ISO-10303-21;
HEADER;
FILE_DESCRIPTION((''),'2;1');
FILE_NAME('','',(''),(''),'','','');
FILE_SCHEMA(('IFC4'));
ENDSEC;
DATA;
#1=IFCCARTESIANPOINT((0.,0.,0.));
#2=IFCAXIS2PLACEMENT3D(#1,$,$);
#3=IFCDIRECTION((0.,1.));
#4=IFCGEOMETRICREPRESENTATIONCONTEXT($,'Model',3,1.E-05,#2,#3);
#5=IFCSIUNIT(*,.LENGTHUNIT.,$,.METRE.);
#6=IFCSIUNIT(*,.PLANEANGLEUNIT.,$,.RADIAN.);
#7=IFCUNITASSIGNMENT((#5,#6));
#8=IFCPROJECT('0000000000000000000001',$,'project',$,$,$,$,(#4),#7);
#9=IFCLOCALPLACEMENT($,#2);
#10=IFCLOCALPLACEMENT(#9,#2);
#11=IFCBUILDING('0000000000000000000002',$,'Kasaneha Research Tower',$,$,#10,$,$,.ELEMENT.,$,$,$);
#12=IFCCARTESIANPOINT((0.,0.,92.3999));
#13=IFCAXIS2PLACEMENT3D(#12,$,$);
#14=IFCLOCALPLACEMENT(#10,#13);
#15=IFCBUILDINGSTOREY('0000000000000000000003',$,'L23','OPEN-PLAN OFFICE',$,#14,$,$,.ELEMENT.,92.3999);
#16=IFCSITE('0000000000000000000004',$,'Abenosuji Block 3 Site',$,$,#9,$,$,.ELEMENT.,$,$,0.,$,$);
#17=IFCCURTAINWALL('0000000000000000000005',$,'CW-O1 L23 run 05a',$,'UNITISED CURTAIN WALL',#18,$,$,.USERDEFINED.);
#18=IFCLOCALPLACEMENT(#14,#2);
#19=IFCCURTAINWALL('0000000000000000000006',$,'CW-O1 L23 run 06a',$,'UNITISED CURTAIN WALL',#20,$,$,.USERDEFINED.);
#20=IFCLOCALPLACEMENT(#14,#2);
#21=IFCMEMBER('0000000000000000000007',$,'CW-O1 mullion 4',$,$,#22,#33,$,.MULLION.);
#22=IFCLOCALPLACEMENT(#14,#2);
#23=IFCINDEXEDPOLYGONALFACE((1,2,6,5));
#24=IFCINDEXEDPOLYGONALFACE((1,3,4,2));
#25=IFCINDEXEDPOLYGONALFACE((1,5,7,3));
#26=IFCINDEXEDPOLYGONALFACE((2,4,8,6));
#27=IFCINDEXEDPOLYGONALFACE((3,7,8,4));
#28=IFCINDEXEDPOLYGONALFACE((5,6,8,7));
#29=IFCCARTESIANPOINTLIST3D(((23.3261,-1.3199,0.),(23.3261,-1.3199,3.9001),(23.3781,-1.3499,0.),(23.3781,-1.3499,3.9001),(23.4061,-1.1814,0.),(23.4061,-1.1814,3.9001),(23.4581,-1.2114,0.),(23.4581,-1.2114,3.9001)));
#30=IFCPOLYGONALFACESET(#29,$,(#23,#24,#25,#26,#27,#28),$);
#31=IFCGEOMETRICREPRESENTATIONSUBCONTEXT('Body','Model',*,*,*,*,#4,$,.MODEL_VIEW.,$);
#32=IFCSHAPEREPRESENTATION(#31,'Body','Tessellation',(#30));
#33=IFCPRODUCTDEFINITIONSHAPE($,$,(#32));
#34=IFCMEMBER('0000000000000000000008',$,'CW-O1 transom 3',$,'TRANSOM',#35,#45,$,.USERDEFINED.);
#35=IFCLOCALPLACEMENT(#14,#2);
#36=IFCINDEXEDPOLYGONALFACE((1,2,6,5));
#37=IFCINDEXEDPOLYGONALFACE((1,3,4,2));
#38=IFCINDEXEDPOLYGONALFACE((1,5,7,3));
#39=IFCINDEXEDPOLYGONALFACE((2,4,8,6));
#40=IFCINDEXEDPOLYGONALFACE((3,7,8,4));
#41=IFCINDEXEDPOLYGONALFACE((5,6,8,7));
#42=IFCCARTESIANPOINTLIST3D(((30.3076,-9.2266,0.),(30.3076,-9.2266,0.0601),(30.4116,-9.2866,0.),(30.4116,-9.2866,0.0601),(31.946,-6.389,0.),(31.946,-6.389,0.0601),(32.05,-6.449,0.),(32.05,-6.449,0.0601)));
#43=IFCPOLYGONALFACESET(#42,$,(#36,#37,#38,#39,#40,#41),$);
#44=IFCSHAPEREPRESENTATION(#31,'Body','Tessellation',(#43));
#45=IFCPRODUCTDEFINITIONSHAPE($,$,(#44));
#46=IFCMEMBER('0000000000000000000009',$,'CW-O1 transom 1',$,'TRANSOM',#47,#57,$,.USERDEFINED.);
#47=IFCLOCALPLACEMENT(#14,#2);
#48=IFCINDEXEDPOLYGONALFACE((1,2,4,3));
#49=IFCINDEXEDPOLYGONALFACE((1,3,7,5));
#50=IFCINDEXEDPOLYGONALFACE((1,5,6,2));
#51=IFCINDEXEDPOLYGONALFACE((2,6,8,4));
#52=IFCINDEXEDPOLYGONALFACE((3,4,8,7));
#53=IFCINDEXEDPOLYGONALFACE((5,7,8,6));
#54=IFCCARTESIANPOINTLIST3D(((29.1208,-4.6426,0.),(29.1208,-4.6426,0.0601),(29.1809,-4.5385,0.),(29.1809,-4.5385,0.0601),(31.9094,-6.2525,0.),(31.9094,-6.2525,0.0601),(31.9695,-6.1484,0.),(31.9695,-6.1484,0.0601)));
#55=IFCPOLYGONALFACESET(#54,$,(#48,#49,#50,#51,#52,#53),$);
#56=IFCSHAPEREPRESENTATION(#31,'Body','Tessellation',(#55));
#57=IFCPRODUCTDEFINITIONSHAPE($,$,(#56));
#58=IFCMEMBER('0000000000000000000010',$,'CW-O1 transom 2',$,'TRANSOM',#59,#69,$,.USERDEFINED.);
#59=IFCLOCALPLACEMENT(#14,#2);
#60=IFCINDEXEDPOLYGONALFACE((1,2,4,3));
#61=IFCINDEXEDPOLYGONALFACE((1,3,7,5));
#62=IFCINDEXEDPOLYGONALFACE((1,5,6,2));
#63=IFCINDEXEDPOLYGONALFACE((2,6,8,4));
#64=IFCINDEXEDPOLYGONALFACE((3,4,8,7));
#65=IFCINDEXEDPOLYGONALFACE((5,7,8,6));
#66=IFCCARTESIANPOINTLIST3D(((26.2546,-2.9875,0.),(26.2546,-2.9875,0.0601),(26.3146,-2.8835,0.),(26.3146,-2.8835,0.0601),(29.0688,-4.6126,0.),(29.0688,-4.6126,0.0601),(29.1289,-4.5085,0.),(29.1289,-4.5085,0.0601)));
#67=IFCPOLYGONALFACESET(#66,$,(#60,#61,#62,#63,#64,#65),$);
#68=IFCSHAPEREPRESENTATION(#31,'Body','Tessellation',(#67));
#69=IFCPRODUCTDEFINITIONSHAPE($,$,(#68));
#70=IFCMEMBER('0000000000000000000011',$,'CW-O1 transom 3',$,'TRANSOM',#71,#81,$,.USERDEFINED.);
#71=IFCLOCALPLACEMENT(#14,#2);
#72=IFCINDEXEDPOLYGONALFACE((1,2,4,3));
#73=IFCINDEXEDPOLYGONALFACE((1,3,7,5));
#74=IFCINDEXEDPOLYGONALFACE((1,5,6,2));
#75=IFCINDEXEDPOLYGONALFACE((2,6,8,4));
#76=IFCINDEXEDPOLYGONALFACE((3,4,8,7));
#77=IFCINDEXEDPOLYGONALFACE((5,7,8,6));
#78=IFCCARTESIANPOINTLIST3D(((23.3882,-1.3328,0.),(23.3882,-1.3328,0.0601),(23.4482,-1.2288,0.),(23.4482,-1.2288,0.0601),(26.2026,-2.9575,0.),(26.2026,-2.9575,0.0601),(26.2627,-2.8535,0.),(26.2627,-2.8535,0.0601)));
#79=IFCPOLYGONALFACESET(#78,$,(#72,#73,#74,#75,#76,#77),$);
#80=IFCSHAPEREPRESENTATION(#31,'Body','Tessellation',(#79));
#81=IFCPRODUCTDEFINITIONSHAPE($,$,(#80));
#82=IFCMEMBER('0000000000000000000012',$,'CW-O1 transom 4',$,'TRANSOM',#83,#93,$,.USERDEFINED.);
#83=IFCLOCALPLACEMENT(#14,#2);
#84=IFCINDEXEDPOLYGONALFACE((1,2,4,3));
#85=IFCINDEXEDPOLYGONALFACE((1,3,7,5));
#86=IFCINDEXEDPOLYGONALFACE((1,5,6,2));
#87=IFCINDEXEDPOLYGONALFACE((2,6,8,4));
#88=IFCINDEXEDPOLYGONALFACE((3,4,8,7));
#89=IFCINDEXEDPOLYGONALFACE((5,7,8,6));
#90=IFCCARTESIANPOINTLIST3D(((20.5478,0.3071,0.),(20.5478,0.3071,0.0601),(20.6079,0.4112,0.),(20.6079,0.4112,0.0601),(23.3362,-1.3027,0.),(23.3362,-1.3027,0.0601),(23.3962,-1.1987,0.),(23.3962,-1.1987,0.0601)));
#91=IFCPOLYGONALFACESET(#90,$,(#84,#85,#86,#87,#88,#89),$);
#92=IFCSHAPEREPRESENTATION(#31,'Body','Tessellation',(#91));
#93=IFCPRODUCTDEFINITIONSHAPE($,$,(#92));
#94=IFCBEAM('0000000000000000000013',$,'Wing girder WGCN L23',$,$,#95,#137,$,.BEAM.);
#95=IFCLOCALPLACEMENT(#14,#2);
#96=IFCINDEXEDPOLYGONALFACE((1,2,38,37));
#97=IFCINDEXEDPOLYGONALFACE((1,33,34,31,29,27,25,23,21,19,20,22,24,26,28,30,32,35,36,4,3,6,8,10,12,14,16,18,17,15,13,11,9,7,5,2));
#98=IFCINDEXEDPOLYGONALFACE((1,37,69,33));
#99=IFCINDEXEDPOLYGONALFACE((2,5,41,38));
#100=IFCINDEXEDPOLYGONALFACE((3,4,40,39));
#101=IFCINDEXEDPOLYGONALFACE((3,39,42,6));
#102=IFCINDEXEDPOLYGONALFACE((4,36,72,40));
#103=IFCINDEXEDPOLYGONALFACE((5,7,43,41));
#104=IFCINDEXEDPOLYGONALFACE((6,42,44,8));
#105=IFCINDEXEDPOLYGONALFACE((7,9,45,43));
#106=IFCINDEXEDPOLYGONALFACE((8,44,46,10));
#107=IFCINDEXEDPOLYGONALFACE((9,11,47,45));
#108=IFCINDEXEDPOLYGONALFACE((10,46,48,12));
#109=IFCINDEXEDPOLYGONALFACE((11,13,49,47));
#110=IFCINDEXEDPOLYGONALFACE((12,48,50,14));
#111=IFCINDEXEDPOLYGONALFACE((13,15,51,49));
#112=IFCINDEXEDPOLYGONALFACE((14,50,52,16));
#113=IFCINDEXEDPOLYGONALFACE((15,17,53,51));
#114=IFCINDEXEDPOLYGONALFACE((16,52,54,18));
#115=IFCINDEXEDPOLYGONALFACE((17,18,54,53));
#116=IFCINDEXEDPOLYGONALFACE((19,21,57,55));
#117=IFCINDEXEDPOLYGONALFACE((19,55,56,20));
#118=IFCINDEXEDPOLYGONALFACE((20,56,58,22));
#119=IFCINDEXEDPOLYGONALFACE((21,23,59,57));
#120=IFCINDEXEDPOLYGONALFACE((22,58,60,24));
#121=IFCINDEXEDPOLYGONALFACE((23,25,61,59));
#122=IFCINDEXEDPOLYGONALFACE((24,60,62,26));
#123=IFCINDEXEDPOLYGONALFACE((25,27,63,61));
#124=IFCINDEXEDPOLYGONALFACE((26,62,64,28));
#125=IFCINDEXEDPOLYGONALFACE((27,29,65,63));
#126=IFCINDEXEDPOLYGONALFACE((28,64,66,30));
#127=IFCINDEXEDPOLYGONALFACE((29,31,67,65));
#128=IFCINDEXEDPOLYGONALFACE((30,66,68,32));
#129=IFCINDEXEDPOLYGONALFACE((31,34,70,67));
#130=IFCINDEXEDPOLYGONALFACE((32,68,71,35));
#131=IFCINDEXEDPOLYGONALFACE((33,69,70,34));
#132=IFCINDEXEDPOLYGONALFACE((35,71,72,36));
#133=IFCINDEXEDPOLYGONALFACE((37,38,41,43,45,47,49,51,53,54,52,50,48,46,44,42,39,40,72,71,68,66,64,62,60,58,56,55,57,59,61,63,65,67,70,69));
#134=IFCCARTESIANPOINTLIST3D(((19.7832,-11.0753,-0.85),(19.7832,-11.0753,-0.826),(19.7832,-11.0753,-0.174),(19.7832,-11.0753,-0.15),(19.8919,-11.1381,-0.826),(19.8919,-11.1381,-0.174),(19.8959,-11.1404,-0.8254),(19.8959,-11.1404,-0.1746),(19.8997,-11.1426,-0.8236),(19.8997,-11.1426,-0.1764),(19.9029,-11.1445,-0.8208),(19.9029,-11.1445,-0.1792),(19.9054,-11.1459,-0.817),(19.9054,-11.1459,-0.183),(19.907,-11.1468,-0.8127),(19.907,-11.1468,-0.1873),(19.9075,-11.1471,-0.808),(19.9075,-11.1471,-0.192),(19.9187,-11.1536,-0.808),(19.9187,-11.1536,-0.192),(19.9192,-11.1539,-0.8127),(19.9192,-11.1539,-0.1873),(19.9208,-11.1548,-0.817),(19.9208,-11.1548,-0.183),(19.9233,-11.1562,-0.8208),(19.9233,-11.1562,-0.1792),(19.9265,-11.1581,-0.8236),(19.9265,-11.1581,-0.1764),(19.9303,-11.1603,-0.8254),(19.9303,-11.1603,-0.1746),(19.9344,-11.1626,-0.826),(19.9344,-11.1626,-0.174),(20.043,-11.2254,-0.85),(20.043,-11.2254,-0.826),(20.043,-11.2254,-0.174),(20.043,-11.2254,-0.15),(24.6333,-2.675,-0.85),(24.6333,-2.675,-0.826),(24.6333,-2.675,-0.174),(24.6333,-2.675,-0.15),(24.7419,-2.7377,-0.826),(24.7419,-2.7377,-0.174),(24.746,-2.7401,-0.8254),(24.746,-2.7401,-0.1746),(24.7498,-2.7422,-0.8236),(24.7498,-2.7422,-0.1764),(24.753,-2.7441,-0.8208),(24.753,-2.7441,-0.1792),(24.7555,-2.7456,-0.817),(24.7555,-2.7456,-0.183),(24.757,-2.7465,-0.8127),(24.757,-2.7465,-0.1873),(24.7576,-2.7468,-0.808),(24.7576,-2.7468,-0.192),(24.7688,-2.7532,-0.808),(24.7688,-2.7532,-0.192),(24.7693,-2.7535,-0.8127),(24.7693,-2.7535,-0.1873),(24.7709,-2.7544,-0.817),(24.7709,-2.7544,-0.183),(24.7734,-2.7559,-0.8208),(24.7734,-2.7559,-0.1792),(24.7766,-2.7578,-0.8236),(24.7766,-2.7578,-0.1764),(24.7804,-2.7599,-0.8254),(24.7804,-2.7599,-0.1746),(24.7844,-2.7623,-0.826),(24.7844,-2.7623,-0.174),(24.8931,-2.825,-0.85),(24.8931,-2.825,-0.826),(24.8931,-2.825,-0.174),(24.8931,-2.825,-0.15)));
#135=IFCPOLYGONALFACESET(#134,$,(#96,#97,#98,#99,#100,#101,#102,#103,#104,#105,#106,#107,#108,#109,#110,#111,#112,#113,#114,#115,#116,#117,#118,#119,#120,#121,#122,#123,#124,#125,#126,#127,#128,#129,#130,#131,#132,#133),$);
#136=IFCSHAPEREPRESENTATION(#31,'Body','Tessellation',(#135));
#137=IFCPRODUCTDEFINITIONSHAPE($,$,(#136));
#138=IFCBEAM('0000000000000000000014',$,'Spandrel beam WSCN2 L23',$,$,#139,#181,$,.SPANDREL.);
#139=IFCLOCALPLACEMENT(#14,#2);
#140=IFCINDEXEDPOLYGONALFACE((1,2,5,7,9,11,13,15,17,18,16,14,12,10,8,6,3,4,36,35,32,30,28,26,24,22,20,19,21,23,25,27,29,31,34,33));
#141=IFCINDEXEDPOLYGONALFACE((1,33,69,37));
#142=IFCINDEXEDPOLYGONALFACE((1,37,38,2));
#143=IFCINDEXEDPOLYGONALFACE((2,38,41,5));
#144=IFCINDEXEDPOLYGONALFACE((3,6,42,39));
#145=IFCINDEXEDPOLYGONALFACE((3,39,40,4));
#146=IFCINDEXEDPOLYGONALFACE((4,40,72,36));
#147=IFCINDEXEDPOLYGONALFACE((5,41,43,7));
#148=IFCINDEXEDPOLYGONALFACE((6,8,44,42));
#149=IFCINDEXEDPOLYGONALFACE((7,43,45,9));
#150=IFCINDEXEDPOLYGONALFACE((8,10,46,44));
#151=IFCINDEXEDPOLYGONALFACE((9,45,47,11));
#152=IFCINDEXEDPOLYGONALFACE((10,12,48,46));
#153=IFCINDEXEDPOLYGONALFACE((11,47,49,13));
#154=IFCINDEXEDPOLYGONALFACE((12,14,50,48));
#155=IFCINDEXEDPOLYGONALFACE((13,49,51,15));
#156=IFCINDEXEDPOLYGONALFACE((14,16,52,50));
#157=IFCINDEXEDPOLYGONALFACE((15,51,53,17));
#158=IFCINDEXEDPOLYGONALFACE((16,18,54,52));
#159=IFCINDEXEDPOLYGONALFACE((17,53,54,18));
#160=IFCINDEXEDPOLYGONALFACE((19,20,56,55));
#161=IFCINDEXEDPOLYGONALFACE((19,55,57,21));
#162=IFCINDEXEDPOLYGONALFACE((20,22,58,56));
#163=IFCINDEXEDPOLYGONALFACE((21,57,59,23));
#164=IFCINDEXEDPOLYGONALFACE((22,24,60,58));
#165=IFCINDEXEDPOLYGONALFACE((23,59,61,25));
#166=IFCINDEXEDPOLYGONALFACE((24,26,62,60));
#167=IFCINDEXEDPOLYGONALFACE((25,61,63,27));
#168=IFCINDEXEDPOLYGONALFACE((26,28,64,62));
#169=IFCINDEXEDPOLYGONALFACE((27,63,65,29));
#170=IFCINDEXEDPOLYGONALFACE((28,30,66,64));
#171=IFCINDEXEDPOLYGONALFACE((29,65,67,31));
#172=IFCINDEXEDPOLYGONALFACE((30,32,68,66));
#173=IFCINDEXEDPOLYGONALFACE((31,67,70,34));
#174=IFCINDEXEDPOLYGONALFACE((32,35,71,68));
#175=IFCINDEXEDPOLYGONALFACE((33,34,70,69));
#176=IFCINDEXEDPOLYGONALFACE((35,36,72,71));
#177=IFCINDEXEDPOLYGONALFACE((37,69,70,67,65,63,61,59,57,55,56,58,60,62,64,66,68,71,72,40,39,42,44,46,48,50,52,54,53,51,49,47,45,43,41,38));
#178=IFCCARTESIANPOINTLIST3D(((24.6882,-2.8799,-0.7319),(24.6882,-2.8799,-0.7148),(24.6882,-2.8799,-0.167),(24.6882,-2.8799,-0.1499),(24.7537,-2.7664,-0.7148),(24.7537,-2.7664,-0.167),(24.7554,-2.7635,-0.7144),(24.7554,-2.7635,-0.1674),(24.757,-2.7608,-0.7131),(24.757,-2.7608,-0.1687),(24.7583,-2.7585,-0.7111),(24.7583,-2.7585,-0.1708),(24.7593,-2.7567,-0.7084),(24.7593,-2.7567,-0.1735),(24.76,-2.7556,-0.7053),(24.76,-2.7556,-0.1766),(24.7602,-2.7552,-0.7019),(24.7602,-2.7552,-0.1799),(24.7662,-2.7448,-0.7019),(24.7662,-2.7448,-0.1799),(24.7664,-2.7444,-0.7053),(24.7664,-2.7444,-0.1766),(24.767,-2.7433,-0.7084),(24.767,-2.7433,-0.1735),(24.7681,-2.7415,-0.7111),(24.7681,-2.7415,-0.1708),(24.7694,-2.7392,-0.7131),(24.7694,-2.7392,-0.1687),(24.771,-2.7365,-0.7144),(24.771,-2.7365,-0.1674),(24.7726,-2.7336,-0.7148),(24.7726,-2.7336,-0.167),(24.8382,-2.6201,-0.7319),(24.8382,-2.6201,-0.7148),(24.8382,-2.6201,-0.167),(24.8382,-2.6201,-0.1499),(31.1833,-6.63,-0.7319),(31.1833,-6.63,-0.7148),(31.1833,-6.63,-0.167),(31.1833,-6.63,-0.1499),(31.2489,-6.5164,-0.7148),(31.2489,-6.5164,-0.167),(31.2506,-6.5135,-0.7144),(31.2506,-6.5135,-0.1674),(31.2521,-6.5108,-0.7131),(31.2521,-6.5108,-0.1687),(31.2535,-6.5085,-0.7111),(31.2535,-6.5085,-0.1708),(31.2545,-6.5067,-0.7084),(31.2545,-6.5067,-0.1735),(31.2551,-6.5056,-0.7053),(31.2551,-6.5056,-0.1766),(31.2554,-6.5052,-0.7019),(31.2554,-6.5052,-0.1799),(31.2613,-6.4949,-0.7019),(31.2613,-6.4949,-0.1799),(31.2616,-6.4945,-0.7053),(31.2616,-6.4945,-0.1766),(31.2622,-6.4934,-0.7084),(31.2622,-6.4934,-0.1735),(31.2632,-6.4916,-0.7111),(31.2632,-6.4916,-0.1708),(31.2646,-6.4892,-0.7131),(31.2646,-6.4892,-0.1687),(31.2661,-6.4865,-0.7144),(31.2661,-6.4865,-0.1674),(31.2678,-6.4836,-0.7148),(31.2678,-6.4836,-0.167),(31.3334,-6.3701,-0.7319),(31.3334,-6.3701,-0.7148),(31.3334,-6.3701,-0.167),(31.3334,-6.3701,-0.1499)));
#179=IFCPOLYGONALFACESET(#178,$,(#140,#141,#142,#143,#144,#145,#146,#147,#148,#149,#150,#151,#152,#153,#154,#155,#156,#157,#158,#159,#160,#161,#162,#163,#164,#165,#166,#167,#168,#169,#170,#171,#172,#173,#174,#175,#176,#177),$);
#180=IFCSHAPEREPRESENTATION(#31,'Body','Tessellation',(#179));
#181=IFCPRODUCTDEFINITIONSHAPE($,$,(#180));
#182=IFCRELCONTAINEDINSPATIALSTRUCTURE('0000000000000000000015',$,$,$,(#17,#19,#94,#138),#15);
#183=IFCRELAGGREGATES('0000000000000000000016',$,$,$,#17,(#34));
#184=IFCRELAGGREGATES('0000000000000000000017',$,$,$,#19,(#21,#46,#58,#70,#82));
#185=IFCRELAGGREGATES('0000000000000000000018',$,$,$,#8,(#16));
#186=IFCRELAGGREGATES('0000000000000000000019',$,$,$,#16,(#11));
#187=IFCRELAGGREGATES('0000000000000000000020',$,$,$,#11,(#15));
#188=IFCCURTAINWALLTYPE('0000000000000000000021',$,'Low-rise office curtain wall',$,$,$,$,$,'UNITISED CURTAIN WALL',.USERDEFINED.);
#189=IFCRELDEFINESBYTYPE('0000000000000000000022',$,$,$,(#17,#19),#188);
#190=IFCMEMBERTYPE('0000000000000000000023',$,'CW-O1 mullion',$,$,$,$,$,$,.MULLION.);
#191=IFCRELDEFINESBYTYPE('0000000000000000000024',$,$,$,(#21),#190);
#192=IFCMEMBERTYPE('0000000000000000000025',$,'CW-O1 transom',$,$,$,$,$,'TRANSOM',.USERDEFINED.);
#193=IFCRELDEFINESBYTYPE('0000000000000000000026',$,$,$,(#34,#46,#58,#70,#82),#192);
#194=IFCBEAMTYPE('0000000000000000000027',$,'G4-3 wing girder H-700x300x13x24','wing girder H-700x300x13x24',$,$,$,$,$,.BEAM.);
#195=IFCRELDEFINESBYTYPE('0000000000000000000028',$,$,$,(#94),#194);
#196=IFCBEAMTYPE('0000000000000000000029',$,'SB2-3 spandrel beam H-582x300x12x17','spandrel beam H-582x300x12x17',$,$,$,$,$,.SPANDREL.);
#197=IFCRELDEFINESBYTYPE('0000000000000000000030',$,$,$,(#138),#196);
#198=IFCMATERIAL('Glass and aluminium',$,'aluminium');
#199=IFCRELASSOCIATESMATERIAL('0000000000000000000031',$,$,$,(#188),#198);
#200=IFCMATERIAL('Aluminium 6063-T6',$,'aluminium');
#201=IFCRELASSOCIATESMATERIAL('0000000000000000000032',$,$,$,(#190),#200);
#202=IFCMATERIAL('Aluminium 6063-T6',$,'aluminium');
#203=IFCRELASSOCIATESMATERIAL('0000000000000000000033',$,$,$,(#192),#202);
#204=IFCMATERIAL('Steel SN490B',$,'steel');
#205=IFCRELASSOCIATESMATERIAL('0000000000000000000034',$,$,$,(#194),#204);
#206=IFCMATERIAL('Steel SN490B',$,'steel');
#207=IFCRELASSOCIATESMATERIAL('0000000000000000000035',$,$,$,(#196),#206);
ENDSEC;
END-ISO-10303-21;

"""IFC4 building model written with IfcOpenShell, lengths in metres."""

from ifc_helpers import new_model, si_unit, direction, frame, origin, origin_2d, place, context, subcontext, project, spatial, rectangle, i_section, extrude, material, material_profile, profile_set, type_object, element, aggregate, save


model = new_model("IFC4")

# Units and contexts
model_context = context("Model", 3, precision=1e-05, world=origin(), true_north=direction((0.0, 1.0)))
body_context = subcontext(model_context, "Body", "Model", "MODEL_VIEW")
ifc_project = project(units=[si_unit("LENGTHUNIT", "METRE"), si_unit("PLANEANGLEUNIT", "RADIAN")], contexts=[model_context])

# Site, building, storey
site_placement = place(None, origin())
site = spatial("IfcSite", under=ifc_project, at=site_placement, Name="Abenosuji Block 3 Site", CompositionType="ELEMENT", RefElevation=0.0)
building_placement = place(site_placement, origin())
building = spatial("IfcBuilding", under=site, at=building_placement, Name="Kasaneha Research Tower", CompositionType="ELEMENT")
storey_placement = place(building_placement, frame((0.0, 0.0, 92.3999)))
storey = spatial("IfcBuildingStorey", under=building, at=storey_placement, Name="L23", Description="OPEN-PLAN OFFICE", CompositionType="ELEMENT", Elevation=92.3999)

# Curtain walls, member
ifc_material_1 = material(Name="Glass and aluminium", Category="aluminium")
curtain_wall_type = type_object("IfcCurtainWallType", Name="Low-rise office curtain wall", ElementType="UNITISED CURTAIN WALL", PredefinedType="USERDEFINED", material=ifc_material_1)
curtain_wall_1_placement = place(storey_placement, origin())
curtain_wall_1 = element("IfcCurtainWall", 1, at=curtain_wall_1_placement, inside=storey, type_object=curtain_wall_type, Name="CW-O1 L23 run 05a", ObjectType="UNITISED CURTAIN WALL", PredefinedType="USERDEFINED")
ifc_material_2 = material(Name="Aluminium 6063-T6", Category="aluminium")
ifc_material_profile_1 = material_profile(ifc_material_2, rectangle(XDim=0.0601, YDim=0.1599, at=origin_2d()), Name="CW-O1 mullion 60x160")
ifc_profile_set_1 = profile_set([ifc_material_profile_1], Name="Aluminium 6063-T6")
member_type_1 = type_object("IfcMemberType", Name="CW-O1 mullion", PredefinedType="MULLION", material=ifc_profile_set_1)
curtain_wall_2_placement = place(storey_placement, origin())
curtain_wall_2 = element("IfcCurtainWall", 2, at=curtain_wall_2_placement, inside=storey, type_object=curtain_wall_type, Name="CW-O1 L23 run 06a", ObjectType="UNITISED CURTAIN WALL", PredefinedType="USERDEFINED")
member_1_placement = place(storey_placement, frame((23.3921, -1.2656, 0.0), z_axis=(0.0, 0.0, 1.0), x_axis=(-0.866025, 0.5, 0.0)))
member_1 = element("IfcMember", 3, at=member_1_placement, type_object=member_type_1, Name="CW-O1 mullion 4", PredefinedType="MULLION", context=body_context, shape_type="SweptSolid", body=[
    extrude(rectangle(XDim=0.0601, YDim=0.1599, at=origin_2d()), origin(), (0.0, 0.0, 1.0), 3.9001),
])

# Members
ifc_material_3 = material(Name="Aluminium 6063-T6", Category="aluminium")
ifc_material_profile_2 = material_profile(ifc_material_3, rectangle(XDim=0.1201, YDim=0.0601, at=origin_2d()), Name="CW-O1 transom 120x60")
ifc_profile_set_2 = profile_set([ifc_material_profile_2], Name="Aluminium 6063-T6")
member_type_2 = type_object("IfcMemberType", Name="CW-O1 transom", ElementType="TRANSOM", PredefinedType="USERDEFINED", material=ifc_profile_set_2)
member_2_placement = place(storey_placement, frame((30.3596, -9.2566, 0.03), z_axis=(0.500026, 0.866011, 0.0), x_axis=(-0.866011, 0.500026, 0.0)))
member_2 = element("IfcMember", 4, at=member_2_placement, type_object=member_type_2, Name="CW-O1 transom 3", ObjectType="TRANSOM", PredefinedType="USERDEFINED", context=body_context, shape_type="SweptSolid", body=[
    extrude(rectangle(XDim=0.1201, YDim=0.0601, at=origin_2d()), origin(), (0.0, 0.0, 1.0), 3.2766),
])
member_3_placement = place(storey_placement, frame((31.9395, -6.2004, 0.03), z_axis=(-0.866042, 0.499972, 0.0), x_axis=(-0.499972, -0.866042, 0.0)))
member_3 = element("IfcMember", 5, at=member_3_placement, type_object=member_type_2, Name="CW-O1 transom 1", ObjectType="TRANSOM", PredefinedType="USERDEFINED", context=body_context, shape_type="SweptSolid", body=[
    extrude(rectangle(XDim=0.1201, YDim=0.0601, at=origin_2d()), origin(), (0.0, 0.0, 1.0), 3.22),
])
member_4_placement = place(storey_placement, frame((29.0989, -4.5605, 0.03), z_axis=(-0.865997, 0.50005, 0.0), x_axis=(-0.50005, -0.865997, 0.0)))
member_4 = element("IfcMember", 6, at=member_4_placement, type_object=member_type_2, Name="CW-O1 transom 2", ObjectType="TRANSOM", PredefinedType="USERDEFINED", context=body_context, shape_type="SweptSolid", body=[
    extrude(rectangle(XDim=0.1201, YDim=0.0601, at=origin_2d()), origin(), (0.0, 0.0, 1.0), 3.2498),
])
member_5_placement = place(storey_placement, frame((26.2327, -2.9055, 0.03), z_axis=(-0.866048, 0.499961, 0.0), x_axis=(-0.499961, -0.866048, 0.0)))
member_5 = element("IfcMember", 7, at=member_5_placement, type_object=member_type_2, Name="CW-O1 transom 3", ObjectType="TRANSOM", PredefinedType="USERDEFINED", context=body_context, shape_type="SweptSolid", body=[
    extrude(rectangle(XDim=0.1201, YDim=0.0601, at=origin_2d()), origin(), (0.0, 0.0, 1.0), 3.2498),
])
member_6_placement = place(storey_placement, frame((23.3662, -1.2507, 0.03), z_axis=(-0.866023, 0.500005, 0.0), x_axis=(-0.500005, -0.866023, 0.0)))
member_6 = element("IfcMember", 8, at=member_6_placement, type_object=member_type_2, Name="CW-O1 transom 4", ObjectType="TRANSOM", PredefinedType="USERDEFINED", context=body_context, shape_type="SweptSolid", body=[
    extrude(rectangle(XDim=0.1201, YDim=0.0601, at=origin_2d()), origin(), (0.0, 0.0, 1.0), 3.2197),
])

# Beams
ifc_material_4 = material(Name="Steel SN490B", Category="steel")
ifc_material_profile_3 = material_profile(ifc_material_4, i_section(OverallWidth=0.3, OverallDepth=0.7, WebThickness=0.0129, FlangeThickness=0.0239, FilletRadius=0.0181, at=origin_2d()), Name="H-700x300x13x24")
ifc_profile_set_3 = profile_set([ifc_material_profile_3], Name="Steel SN490B")
beam_type_1 = type_object("IfcBeamType", Name="G4-3 wing girder H-700x300x13x24", Description="wing girder H-700x300x13x24", PredefinedType="BEAM", material=ifc_profile_set_3)
beam_1_placement = place(storey_placement, frame((24.7632, -2.75, -0.5), z_axis=(-0.50001, -0.86602, 0.0), x_axis=(0.86602, -0.50001, 0.0)))
element("IfcBeam", 9, at=beam_1_placement, inside=storey, type_object=beam_type_1, Name="Wing girder WGCN L23", PredefinedType="BEAM", context=body_context, shape_type="SweptSolid", body=[
    extrude(i_section(OverallWidth=0.3, OverallDepth=0.7, WebThickness=0.0129, FlangeThickness=0.0239, FilletRadius=0.0181, at=origin_2d()), origin(), (0.0, 0.0, 1.0), 9.7),
])
ifc_material_5 = material(Name="Steel SN490B", Category="steel")
ifc_material_profile_4 = material_profile(ifc_material_5, i_section(OverallWidth=0.3, OverallDepth=0.582, WebThickness=0.012, FlangeThickness=0.0171, FilletRadius=0.0129, at=origin_2d()), Name="H-582x300x12x17")
ifc_profile_set_4 = profile_set([ifc_material_profile_4], Name="Steel SN490B")
beam_type_2 = type_object("IfcBeamType", Name="SB2-3 spandrel beam H-582x300x12x17", Description="spandrel beam H-582x300x12x17", PredefinedType="SPANDREL", material=ifc_profile_set_4)
beam_2_placement = place(storey_placement, frame((24.7632, -2.75, -0.4409), z_axis=(0.866023, -0.500004, 0.0), x_axis=(0.500004, 0.866023, 0.0)))
element("IfcBeam", 10, at=beam_2_placement, inside=storey, type_object=beam_type_2, Name="Spandrel beam WSCN2 L23", PredefinedType="SPANDREL", context=body_context, shape_type="SweptSolid", body=[
    extrude(i_section(OverallWidth=0.3, OverallDepth=0.582, WebThickness=0.012, FlangeThickness=0.0171, FilletRadius=0.0129, at=origin_2d()), origin(), (0.0, 0.0, 1.0), 7.5),
])

aggregate(curtain_wall_1, [member_2])
aggregate(curtain_wall_2, [member_1, member_3, member_4, member_5, member_6])

save(model, "model.ifc")
